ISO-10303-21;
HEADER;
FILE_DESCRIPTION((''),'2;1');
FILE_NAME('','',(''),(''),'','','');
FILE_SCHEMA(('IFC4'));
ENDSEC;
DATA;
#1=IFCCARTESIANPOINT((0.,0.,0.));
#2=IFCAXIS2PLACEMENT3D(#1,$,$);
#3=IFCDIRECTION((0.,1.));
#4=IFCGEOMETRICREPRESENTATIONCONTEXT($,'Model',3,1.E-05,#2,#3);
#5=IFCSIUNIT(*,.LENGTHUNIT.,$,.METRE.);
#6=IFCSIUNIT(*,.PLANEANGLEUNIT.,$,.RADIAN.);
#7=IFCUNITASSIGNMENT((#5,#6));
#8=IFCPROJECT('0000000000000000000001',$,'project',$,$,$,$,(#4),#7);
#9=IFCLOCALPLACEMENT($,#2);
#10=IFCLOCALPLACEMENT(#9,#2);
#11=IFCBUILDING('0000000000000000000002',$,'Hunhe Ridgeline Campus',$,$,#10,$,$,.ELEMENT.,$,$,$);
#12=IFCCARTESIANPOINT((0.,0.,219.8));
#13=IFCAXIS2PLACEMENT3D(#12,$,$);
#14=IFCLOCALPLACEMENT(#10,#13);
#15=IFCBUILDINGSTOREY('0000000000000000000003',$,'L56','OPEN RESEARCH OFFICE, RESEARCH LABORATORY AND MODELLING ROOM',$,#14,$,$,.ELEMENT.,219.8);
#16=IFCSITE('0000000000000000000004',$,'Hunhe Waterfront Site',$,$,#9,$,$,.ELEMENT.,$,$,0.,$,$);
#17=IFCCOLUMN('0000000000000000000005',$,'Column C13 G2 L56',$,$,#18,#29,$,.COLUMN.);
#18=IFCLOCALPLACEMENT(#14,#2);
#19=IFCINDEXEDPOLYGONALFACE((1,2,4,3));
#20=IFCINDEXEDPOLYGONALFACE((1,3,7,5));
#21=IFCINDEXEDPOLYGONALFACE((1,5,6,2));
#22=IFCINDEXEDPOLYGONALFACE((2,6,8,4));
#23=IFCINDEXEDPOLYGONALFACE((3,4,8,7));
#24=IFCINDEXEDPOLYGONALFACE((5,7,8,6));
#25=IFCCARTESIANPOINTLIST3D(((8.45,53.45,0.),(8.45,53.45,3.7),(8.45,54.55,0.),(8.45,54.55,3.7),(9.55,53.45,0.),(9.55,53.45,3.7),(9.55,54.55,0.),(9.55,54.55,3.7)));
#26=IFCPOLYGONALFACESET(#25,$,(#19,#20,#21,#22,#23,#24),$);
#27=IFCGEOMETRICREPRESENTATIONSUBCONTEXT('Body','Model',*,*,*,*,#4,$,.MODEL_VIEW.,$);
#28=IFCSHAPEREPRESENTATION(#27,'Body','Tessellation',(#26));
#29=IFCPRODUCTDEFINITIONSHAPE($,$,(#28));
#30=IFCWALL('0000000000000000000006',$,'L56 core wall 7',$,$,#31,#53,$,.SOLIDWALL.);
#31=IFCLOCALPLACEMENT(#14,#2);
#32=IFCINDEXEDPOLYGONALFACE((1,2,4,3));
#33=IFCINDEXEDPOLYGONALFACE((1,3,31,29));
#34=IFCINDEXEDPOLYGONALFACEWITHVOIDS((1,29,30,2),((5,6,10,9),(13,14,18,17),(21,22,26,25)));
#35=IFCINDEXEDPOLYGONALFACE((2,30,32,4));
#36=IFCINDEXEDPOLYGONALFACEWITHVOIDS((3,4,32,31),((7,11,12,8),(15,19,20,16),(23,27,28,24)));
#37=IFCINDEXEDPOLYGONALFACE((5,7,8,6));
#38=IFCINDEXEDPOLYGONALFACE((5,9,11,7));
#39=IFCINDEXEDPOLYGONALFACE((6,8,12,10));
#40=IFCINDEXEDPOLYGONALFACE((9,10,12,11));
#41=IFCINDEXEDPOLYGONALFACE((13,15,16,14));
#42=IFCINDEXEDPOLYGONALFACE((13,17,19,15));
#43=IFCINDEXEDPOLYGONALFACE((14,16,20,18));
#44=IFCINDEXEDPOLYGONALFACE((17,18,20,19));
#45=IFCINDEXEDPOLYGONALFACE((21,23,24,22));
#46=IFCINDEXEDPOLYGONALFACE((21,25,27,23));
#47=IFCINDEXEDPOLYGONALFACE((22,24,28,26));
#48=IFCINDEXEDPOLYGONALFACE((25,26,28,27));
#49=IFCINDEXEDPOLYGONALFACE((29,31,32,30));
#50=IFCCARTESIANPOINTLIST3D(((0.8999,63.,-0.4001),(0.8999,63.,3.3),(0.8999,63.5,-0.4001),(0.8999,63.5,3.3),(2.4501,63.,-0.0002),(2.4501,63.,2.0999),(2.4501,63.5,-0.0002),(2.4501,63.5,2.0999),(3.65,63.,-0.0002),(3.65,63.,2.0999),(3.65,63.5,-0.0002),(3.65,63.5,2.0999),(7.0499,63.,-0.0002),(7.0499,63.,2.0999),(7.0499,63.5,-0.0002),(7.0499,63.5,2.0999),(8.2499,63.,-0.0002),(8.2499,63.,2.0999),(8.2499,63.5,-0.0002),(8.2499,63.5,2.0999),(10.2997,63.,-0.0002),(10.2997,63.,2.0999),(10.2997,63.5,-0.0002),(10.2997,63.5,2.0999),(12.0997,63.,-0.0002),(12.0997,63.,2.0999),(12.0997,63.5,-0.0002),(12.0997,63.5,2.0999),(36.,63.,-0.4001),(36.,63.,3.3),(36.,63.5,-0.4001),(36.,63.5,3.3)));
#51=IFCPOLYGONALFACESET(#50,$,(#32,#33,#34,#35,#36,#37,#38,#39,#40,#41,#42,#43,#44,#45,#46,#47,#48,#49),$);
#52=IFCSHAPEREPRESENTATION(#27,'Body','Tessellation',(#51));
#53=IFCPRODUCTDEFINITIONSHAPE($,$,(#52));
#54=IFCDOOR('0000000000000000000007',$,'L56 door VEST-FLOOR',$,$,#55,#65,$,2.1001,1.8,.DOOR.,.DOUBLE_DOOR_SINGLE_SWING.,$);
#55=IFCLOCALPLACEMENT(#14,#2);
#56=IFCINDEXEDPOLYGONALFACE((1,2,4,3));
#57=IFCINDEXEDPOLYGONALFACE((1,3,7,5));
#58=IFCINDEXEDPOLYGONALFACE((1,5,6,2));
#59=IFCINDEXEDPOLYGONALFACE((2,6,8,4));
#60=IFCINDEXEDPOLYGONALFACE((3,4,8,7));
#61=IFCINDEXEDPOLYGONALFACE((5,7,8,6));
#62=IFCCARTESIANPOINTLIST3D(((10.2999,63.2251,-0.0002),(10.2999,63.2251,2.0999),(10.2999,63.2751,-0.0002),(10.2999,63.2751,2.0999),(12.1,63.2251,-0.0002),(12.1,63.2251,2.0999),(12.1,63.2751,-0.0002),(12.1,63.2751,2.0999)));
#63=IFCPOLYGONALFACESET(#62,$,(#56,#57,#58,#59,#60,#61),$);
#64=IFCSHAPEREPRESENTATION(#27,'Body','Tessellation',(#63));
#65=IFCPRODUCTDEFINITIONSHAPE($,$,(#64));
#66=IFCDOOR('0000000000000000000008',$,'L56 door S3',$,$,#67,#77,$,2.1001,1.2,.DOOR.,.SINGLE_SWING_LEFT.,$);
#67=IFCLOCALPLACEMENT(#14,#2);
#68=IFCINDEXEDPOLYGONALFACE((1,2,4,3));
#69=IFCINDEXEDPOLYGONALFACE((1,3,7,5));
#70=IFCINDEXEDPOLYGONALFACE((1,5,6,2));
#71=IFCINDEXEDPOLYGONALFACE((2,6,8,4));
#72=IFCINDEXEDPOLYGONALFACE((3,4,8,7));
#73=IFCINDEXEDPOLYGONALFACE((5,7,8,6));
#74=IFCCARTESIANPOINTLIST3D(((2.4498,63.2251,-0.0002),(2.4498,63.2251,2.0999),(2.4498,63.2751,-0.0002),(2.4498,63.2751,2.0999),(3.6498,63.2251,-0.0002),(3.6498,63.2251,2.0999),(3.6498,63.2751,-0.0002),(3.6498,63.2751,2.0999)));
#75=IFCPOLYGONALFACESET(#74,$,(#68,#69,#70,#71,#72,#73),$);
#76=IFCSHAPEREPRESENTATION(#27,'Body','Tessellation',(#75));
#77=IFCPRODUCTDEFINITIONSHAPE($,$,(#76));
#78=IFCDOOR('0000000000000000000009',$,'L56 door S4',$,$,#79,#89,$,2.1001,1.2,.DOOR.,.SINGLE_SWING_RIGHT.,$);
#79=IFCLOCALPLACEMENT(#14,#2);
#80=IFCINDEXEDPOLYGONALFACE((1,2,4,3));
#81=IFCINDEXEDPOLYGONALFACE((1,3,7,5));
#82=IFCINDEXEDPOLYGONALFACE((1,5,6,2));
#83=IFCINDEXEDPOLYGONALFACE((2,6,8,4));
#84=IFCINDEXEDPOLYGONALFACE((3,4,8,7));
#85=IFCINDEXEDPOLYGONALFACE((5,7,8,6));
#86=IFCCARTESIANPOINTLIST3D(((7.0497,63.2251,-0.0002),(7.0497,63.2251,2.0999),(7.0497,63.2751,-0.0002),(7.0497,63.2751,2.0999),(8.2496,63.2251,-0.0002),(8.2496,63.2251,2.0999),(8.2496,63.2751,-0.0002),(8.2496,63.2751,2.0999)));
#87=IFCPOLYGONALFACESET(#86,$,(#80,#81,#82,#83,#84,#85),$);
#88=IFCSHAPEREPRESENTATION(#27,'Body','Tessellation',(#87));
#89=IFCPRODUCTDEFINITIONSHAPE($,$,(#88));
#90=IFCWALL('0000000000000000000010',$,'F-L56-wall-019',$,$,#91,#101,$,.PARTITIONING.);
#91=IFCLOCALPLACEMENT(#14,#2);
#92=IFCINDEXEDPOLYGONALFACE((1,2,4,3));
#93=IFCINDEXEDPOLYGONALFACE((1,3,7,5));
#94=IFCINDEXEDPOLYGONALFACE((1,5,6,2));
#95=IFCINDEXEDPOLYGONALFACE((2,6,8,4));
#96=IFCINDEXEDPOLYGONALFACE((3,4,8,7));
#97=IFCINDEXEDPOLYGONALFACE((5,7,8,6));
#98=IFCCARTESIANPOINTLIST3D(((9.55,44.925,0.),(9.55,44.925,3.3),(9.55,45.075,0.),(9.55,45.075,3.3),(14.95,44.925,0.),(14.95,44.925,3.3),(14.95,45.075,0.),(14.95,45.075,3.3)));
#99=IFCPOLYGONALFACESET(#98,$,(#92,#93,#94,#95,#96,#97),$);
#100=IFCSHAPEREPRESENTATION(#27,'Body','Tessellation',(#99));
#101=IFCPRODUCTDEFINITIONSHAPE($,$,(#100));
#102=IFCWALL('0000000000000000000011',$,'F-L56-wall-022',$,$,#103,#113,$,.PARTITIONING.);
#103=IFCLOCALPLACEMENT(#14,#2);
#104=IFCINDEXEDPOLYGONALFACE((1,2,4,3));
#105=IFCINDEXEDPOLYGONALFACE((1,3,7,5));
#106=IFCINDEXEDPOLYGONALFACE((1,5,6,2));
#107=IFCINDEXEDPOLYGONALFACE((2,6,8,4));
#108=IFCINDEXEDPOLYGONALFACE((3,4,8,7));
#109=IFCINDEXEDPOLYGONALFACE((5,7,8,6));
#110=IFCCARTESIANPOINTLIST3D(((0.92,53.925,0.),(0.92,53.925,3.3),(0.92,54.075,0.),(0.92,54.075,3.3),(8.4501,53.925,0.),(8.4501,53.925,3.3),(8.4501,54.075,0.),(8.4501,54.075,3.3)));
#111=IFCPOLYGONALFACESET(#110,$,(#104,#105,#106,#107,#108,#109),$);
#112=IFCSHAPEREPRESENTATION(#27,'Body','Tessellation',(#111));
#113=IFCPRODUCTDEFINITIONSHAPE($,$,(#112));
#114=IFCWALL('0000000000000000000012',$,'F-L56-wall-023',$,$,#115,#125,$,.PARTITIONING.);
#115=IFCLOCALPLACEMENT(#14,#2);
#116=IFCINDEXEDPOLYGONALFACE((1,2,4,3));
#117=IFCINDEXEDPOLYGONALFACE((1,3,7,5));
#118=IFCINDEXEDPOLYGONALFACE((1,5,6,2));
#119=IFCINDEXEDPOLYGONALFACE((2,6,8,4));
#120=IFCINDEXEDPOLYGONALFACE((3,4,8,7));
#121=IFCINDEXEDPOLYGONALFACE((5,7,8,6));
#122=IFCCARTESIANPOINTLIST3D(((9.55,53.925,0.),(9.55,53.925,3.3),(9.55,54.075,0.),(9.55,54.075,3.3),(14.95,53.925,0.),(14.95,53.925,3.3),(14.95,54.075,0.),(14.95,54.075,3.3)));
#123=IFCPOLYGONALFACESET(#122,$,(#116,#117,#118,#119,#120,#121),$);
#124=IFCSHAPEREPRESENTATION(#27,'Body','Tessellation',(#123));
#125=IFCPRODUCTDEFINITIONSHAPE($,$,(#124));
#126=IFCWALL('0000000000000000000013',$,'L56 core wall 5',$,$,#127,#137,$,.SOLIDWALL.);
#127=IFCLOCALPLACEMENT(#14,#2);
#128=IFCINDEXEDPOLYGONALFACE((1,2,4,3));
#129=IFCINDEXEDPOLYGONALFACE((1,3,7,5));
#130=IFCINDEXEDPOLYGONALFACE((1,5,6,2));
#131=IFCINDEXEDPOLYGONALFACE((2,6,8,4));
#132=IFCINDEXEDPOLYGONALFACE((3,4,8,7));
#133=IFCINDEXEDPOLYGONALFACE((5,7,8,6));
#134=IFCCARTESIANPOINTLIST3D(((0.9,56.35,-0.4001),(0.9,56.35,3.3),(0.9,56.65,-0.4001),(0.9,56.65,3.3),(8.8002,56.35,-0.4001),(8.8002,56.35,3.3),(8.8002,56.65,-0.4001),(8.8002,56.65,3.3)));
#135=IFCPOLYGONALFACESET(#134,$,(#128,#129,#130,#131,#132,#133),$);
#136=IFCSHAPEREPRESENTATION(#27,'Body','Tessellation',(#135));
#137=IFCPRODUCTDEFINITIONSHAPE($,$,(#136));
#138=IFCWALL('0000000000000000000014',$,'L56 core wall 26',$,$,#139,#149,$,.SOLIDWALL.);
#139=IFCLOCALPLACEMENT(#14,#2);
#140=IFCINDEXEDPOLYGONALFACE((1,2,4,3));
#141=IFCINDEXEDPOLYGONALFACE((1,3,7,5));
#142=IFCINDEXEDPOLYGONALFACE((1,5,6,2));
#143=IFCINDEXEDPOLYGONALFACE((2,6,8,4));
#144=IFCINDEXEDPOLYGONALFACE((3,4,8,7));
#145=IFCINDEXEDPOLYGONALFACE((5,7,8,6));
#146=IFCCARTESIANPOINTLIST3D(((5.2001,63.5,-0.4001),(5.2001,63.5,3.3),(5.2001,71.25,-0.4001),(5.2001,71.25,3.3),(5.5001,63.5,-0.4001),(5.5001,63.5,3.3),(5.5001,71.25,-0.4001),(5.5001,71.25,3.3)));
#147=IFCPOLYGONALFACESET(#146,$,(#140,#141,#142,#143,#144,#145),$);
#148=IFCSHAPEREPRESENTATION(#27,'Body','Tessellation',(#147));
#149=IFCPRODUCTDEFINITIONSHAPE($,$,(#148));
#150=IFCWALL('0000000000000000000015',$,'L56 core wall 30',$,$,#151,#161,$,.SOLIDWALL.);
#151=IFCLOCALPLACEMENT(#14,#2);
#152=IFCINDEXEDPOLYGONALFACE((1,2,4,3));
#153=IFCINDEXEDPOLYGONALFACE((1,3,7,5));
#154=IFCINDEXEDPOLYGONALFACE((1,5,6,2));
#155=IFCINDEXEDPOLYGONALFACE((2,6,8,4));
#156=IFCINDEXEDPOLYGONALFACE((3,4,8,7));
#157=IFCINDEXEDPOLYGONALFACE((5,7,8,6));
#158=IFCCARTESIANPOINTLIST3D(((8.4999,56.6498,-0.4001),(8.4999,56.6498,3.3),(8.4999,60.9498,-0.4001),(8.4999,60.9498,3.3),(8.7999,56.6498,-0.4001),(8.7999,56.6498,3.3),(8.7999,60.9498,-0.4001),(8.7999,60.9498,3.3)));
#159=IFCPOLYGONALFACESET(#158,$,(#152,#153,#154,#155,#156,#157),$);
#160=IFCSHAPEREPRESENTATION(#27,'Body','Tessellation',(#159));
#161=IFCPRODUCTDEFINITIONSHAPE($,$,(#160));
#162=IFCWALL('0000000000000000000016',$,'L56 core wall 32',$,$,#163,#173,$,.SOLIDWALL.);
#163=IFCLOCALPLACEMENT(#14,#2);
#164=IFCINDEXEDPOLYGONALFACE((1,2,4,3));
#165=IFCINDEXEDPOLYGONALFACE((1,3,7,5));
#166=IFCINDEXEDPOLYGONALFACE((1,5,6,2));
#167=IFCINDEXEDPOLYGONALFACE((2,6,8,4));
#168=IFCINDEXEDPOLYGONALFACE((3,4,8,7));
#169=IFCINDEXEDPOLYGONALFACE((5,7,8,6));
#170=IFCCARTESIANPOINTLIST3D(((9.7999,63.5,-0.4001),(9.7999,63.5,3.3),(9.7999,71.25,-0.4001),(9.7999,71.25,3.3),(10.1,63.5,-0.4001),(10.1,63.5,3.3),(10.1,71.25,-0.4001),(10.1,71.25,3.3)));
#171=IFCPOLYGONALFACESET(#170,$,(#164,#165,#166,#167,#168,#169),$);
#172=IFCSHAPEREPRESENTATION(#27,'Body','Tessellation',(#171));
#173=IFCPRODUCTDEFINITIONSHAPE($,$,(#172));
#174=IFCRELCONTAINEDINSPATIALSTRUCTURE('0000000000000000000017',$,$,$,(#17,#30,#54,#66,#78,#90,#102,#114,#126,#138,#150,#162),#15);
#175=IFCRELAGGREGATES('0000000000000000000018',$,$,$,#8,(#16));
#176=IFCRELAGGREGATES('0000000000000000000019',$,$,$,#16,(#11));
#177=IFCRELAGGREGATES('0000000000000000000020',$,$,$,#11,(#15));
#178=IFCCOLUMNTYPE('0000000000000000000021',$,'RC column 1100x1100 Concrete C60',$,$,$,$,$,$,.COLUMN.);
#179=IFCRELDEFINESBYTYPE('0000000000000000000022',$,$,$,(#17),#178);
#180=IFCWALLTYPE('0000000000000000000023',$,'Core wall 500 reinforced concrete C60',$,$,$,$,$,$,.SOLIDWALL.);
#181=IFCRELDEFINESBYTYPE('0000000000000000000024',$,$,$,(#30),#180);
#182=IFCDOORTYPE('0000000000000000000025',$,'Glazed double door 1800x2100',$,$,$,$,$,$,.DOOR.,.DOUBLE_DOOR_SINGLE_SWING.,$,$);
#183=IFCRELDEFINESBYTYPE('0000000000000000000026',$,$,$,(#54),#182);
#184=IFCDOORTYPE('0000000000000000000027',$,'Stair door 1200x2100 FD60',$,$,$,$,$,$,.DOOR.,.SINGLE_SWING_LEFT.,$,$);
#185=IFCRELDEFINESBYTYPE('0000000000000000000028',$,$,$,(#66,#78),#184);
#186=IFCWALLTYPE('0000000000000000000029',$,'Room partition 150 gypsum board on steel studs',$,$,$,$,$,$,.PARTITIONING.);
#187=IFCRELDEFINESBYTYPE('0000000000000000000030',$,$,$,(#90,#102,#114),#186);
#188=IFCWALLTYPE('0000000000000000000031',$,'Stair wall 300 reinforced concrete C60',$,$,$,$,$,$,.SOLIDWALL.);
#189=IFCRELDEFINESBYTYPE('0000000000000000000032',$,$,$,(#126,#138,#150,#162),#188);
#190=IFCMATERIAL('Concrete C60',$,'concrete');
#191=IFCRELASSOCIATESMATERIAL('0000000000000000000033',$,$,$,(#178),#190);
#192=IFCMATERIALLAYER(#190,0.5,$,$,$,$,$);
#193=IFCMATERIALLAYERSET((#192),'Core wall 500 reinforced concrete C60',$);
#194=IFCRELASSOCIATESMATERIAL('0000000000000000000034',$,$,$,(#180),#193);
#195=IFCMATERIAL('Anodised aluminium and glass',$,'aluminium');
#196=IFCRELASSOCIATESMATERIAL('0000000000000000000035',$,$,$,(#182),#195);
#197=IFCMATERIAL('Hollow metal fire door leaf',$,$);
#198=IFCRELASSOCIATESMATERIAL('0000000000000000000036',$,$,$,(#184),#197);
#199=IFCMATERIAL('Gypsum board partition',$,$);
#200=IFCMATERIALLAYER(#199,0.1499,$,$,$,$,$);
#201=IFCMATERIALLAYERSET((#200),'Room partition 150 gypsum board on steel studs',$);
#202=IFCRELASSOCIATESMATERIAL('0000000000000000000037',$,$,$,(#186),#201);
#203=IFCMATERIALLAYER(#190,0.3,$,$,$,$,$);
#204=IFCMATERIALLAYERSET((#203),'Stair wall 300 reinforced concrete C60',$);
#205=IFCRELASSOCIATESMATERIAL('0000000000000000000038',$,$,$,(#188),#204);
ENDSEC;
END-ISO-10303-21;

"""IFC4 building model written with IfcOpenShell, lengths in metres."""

from ifc_helpers import new_model, si_unit, direction, frame, frame_2d, origin, origin_2d, place, context, subcontext, project, spatial, rectangle, extrude, material, layer, layer_set, material_profile, profile_set, type_object, element, fill, save


model = new_model("IFC4")

# Units and contexts
model_context = context("Model", 3, precision=1e-05, world=origin(), true_north=direction((0.0, 1.0)))
body_context = subcontext(model_context, "Body", "Model", "MODEL_VIEW")
ifc_project = project(units=[si_unit("LENGTHUNIT", "METRE"), si_unit("PLANEANGLEUNIT", "RADIAN")], contexts=[model_context])

# Site, building, storey
site_placement = place(None, origin())
site = spatial("IfcSite", under=ifc_project, at=site_placement, Name="Hunhe Waterfront Site", CompositionType="ELEMENT", RefElevation=0.0)
building_placement = place(site_placement, origin())
building = spatial("IfcBuilding", under=site, at=building_placement, Name="Hunhe Ridgeline Campus", CompositionType="ELEMENT")
storey_placement = place(building_placement, frame((0.0, 0.0, 219.8)))
storey = spatial("IfcBuildingStorey", under=building, at=storey_placement, Name="L56", Description="OPEN RESEARCH OFFICE, RESEARCH LABORATORY AND MODELLING ROOM", CompositionType="ELEMENT", Elevation=219.8)

# Column
ifc_material_1 = material(Name="Concrete C60", Category="concrete")
ifc_material_profile = material_profile(ifc_material_1, rectangle(XDim=1.1001, YDim=1.1001, at=origin_2d()))
ifc_profile_set = profile_set([ifc_material_profile], Name="Concrete C60")
column_type = type_object("IfcColumnType", Name="RC column 1100x1100 Concrete C60", PredefinedType="COLUMN", material=ifc_profile_set)
column_placement = place(storey_placement, frame((9.0, 54.0, 0.0), z_axis=(0.0, 0.0, 1.0), x_axis=(1.0, 0.0, 0.0)))
element("IfcColumn", 1, at=column_placement, inside=storey, type_object=column_type, Name="Column C13 G2 L56", PredefinedType="COLUMN", context=body_context, shape_type="SweptSolid", body=[
    extrude(rectangle(XDim=1.1001, YDim=1.1001, at=origin_2d()), origin(), (0.0, 0.0, 1.0), 3.7),
])

# Wall, openings, doors
ifc_layer_1 = layer(ifc_material_1, 0.5)
ifc_layer_set_1 = layer_set([ifc_layer_1], Name="Core wall 500 reinforced concrete C60")
wall_type_1 = type_object("IfcWallType", Name="Core wall 500 reinforced concrete C60", PredefinedType="SOLIDWALL", material=ifc_layer_set_1)
wall_1_placement = place(storey_placement, frame((0.8999, 63.25, -0.4001), z_axis=(0.0, 0.0, 1.0), x_axis=(1.0, 0.0, 0.0)))
wall_1 = element("IfcWall", 2, at=wall_1_placement, inside=storey, type_object=wall_type_1, Name="L56 core wall 7", PredefinedType="SOLIDWALL", context=body_context, shape_type="SweptSolid", body=[
    extrude(rectangle(XDim=35.1001, YDim=0.5, at=frame_2d((17.55, 0.0))), origin(), (0.0, 0.0, 1.0), 3.7002),
])
opening_1_placement = place(wall_1_placement, frame((9.3999, 0.0, 0.3999)))
opening_1 = element("IfcOpeningElement", 3, at=opening_1_placement, cuts=wall_1, PredefinedType="OPENING", context=body_context, shape_type="SweptSolid", body=[
    extrude(rectangle(XDim=1.8, YDim=2.1001, at=frame_2d((0.8999, 1.05))), frame((0.0, 0.25, 0.0), z_axis=(0.0, -1.0, 0.0), x_axis=(1.0, 0.0, 0.0)), (0.0, 0.0, 1.0), 0.5),
])
opening_2_placement = place(wall_1_placement, frame((1.55, 0.0, 0.3999)))
opening_2 = element("IfcOpeningElement", 4, at=opening_2_placement, cuts=wall_1, PredefinedType="OPENING", context=body_context, shape_type="SweptSolid", body=[
    extrude(rectangle(XDim=1.2, YDim=2.1001, at=frame_2d((0.6001, 1.05))), frame((0.0, 0.25, 0.0), z_axis=(0.0, -1.0, 0.0), x_axis=(1.0, 0.0, 0.0)), (0.0, 0.0, 1.0), 0.5),
])
opening_3_placement = place(wall_1_placement, frame((6.1499, 0.0, 0.3999)))
opening_3 = element("IfcOpeningElement", 5, at=opening_3_placement, cuts=wall_1, PredefinedType="OPENING", context=body_context, shape_type="SweptSolid", body=[
    extrude(rectangle(XDim=1.2, YDim=2.1001, at=frame_2d((0.6001, 1.05))), frame((0.0, 0.25, 0.0), z_axis=(0.0, -1.0, 0.0), x_axis=(1.0, 0.0, 0.0)), (0.0, 0.0, 1.0), 0.5),
])
ifc_material_2 = material(Name="Anodised aluminium and glass", Category="aluminium")
door_type_1 = type_object("IfcDoorType", Name="Glazed double door 1800x2100", OperationType="DOUBLE_DOOR_SINGLE_SWING", PredefinedType="DOOR", material=ifc_material_2)
door_1_placement = place(opening_1_placement, frame((1.8, 0.0, 0.0), z_axis=(0.0, 0.0, 1.0), x_axis=(-1.0, 0.0, 0.0)))
door_1 = element("IfcDoor", 6, at=door_1_placement, inside=storey, type_object=door_type_1, Name="L56 door VEST-FLOOR", OperationType="DOUBLE_DOOR_SINGLE_SWING", OverallHeight=2.1001, OverallWidth=1.8, PredefinedType="DOOR", context=body_context, shape_type="SweptSolid", body=[
    extrude(rectangle(XDim=1.8, YDim=2.1001, at=frame_2d((0.8999, 1.05))), frame((0.0, 0.0249, 0.0), z_axis=(0.0, -1.0, 0.0), x_axis=(1.0, 0.0, 0.0)), (0.0, 0.0, 1.0), 0.05),
])
fill(opening_1, door_1)
ifc_material_3 = material(Name="Hollow metal fire door leaf")
door_type_2 = type_object("IfcDoorType", Name="Stair door 1200x2100 FD60", OperationType="SINGLE_SWING_LEFT", PredefinedType="DOOR", material=ifc_material_3)
door_2_placement = place(opening_2_placement, frame((1.2, 0.0, 0.0), z_axis=(0.0, 0.0, 1.0), x_axis=(-1.0, 0.0, 0.0)))
door_2 = element("IfcDoor", 7, at=door_2_placement, inside=storey, type_object=door_type_2, Name="L56 door S3", OperationType="SINGLE_SWING_LEFT", OverallHeight=2.1001, OverallWidth=1.2, PredefinedType="DOOR", context=body_context, shape_type="SweptSolid", body=[
    extrude(rectangle(XDim=1.2, YDim=2.1001, at=frame_2d((0.6001, 1.05))), frame((0.0, 0.0249, 0.0), z_axis=(0.0, -1.0, 0.0), x_axis=(1.0, 0.0, 0.0)), (0.0, 0.0, 1.0), 0.05),
])
fill(opening_2, door_2)
door_3_placement = place(opening_3_placement, frame((1.2, 0.0, 0.0), z_axis=(0.0, 0.0, 1.0), x_axis=(-1.0, 0.0, 0.0)))
door_3 = element("IfcDoor", 8, at=door_3_placement, inside=storey, type_object=door_type_2, Name="L56 door S4", OperationType="SINGLE_SWING_RIGHT", OverallHeight=2.1001, OverallWidth=1.2, PredefinedType="DOOR", context=body_context, shape_type="SweptSolid", body=[
    extrude(rectangle(XDim=1.2, YDim=2.1001, at=frame_2d((0.6001, 1.05))), frame((0.0, 0.0249, 0.0), z_axis=(0.0, -1.0, 0.0), x_axis=(1.0, 0.0, 0.0)), (0.0, 0.0, 1.0), 0.05),
])
fill(opening_3, door_3)

# Walls
ifc_material_4 = material(Name="Gypsum board partition")
ifc_layer_2 = layer(ifc_material_4, 0.1499)
ifc_layer_set_2 = layer_set([ifc_layer_2], Name="Room partition 150 gypsum board on steel studs")
wall_type_2 = type_object("IfcWallType", Name="Room partition 150 gypsum board on steel studs", PredefinedType="PARTITIONING", material=ifc_layer_set_2)
wall_2_placement = place(storey_placement, frame((9.55, 45.0, 0.0), z_axis=(0.0, 0.0, 1.0), x_axis=(1.0, 0.0, 0.0)))
element("IfcWall", 9, at=wall_2_placement, inside=storey, type_object=wall_type_2, Name="F-L56-wall-019", PredefinedType="PARTITIONING", context=body_context, shape_type="SweptSolid", body=[
    extrude(rectangle(XDim=5.3999, YDim=0.1499, at=frame_2d((2.7, 0.0))), origin(), (0.0, 0.0, 1.0), 3.3),
])
wall_3_placement = place(storey_placement, frame((0.9199, 54.0, 0.0), z_axis=(0.0, 0.0, 1.0), x_axis=(1.0, 0.0, 0.0)))
element("IfcWall", 10, at=wall_3_placement, inside=storey, type_object=wall_type_2, Name="F-L56-wall-022", PredefinedType="PARTITIONING", context=body_context, shape_type="SweptSolid", body=[
    extrude(rectangle(XDim=7.53, YDim=0.1499, at=frame_2d((3.7651, 0.0))), origin(), (0.0, 0.0, 1.0), 3.3),
])
wall_4_placement = place(storey_placement, frame((9.55, 54.0, 0.0), z_axis=(0.0, 0.0, 1.0), x_axis=(1.0, 0.0, 0.0)))
element("IfcWall", 11, at=wall_4_placement, inside=storey, type_object=wall_type_2, Name="F-L56-wall-023", PredefinedType="PARTITIONING", context=body_context, shape_type="SweptSolid", body=[
    extrude(rectangle(XDim=5.3999, YDim=0.1499, at=frame_2d((2.7, 0.0))), origin(), (0.0, 0.0, 1.0), 3.3),
])
ifc_layer_3 = layer(ifc_material_1, 0.3)
ifc_layer_set_3 = layer_set([ifc_layer_3], Name="Stair wall 300 reinforced concrete C60")
wall_type_3 = type_object("IfcWallType", Name="Stair wall 300 reinforced concrete C60", PredefinedType="SOLIDWALL", material=ifc_layer_set_3)
wall_5_placement = place(storey_placement, frame((0.8999, 56.5, -0.4001), z_axis=(0.0, 0.0, 1.0), x_axis=(1.0, 0.0, 0.0)))
element("IfcWall", 12, at=wall_5_placement, inside=storey, type_object=wall_type_3, Name="L56 core wall 5", PredefinedType="SOLIDWALL", context=body_context, shape_type="SweptSolid", body=[
    extrude(rectangle(XDim=7.9001, YDim=0.3, at=frame_2d((3.9502, 0.0))), origin(), (0.0, 0.0, 1.0), 3.7002),
])

# Walls
wall_6_placement = place(storey_placement, frame((5.3501, 63.5, -0.4001), z_axis=(0.0, 0.0, 1.0), x_axis=(0.0, 1.0, 0.0)))
element("IfcWall", 13, at=wall_6_placement, inside=storey, type_object=wall_type_3, Name="L56 core wall 26", PredefinedType="SOLIDWALL", context=body_context, shape_type="SweptSolid", body=[
    extrude(rectangle(XDim=7.75, YDim=0.3, at=frame_2d((3.875, 0.0))), origin(), (0.0, 0.0, 1.0), 3.7002),
])
wall_7_placement = place(storey_placement, frame((8.6499, 56.6499, -0.4001), z_axis=(0.0, 0.0, 1.0), x_axis=(0.0, 1.0, 0.0)))
element("IfcWall", 14, at=wall_7_placement, inside=storey, type_object=wall_type_3, Name="L56 core wall 30", PredefinedType="SOLIDWALL", context=body_context, shape_type="SweptSolid", body=[
    extrude(rectangle(XDim=4.3, YDim=0.3, at=frame_2d((2.1499, 0.0))), origin(), (0.0, 0.0, 1.0), 3.7002),
])
wall_8_placement = place(storey_placement, frame((9.95, 63.5, -0.4001), z_axis=(0.0, 0.0, 1.0), x_axis=(0.0, 1.0, 0.0)))
element("IfcWall", 15, at=wall_8_placement, inside=storey, type_object=wall_type_3, Name="L56 core wall 32", PredefinedType="SOLIDWALL", context=body_context, shape_type="SweptSolid", body=[
    extrude(rectangle(XDim=7.75, YDim=0.3, at=frame_2d((3.875, 0.0))), origin(), (0.0, 0.0, 1.0), 3.7002),
])

save(model, "model.ifc")
